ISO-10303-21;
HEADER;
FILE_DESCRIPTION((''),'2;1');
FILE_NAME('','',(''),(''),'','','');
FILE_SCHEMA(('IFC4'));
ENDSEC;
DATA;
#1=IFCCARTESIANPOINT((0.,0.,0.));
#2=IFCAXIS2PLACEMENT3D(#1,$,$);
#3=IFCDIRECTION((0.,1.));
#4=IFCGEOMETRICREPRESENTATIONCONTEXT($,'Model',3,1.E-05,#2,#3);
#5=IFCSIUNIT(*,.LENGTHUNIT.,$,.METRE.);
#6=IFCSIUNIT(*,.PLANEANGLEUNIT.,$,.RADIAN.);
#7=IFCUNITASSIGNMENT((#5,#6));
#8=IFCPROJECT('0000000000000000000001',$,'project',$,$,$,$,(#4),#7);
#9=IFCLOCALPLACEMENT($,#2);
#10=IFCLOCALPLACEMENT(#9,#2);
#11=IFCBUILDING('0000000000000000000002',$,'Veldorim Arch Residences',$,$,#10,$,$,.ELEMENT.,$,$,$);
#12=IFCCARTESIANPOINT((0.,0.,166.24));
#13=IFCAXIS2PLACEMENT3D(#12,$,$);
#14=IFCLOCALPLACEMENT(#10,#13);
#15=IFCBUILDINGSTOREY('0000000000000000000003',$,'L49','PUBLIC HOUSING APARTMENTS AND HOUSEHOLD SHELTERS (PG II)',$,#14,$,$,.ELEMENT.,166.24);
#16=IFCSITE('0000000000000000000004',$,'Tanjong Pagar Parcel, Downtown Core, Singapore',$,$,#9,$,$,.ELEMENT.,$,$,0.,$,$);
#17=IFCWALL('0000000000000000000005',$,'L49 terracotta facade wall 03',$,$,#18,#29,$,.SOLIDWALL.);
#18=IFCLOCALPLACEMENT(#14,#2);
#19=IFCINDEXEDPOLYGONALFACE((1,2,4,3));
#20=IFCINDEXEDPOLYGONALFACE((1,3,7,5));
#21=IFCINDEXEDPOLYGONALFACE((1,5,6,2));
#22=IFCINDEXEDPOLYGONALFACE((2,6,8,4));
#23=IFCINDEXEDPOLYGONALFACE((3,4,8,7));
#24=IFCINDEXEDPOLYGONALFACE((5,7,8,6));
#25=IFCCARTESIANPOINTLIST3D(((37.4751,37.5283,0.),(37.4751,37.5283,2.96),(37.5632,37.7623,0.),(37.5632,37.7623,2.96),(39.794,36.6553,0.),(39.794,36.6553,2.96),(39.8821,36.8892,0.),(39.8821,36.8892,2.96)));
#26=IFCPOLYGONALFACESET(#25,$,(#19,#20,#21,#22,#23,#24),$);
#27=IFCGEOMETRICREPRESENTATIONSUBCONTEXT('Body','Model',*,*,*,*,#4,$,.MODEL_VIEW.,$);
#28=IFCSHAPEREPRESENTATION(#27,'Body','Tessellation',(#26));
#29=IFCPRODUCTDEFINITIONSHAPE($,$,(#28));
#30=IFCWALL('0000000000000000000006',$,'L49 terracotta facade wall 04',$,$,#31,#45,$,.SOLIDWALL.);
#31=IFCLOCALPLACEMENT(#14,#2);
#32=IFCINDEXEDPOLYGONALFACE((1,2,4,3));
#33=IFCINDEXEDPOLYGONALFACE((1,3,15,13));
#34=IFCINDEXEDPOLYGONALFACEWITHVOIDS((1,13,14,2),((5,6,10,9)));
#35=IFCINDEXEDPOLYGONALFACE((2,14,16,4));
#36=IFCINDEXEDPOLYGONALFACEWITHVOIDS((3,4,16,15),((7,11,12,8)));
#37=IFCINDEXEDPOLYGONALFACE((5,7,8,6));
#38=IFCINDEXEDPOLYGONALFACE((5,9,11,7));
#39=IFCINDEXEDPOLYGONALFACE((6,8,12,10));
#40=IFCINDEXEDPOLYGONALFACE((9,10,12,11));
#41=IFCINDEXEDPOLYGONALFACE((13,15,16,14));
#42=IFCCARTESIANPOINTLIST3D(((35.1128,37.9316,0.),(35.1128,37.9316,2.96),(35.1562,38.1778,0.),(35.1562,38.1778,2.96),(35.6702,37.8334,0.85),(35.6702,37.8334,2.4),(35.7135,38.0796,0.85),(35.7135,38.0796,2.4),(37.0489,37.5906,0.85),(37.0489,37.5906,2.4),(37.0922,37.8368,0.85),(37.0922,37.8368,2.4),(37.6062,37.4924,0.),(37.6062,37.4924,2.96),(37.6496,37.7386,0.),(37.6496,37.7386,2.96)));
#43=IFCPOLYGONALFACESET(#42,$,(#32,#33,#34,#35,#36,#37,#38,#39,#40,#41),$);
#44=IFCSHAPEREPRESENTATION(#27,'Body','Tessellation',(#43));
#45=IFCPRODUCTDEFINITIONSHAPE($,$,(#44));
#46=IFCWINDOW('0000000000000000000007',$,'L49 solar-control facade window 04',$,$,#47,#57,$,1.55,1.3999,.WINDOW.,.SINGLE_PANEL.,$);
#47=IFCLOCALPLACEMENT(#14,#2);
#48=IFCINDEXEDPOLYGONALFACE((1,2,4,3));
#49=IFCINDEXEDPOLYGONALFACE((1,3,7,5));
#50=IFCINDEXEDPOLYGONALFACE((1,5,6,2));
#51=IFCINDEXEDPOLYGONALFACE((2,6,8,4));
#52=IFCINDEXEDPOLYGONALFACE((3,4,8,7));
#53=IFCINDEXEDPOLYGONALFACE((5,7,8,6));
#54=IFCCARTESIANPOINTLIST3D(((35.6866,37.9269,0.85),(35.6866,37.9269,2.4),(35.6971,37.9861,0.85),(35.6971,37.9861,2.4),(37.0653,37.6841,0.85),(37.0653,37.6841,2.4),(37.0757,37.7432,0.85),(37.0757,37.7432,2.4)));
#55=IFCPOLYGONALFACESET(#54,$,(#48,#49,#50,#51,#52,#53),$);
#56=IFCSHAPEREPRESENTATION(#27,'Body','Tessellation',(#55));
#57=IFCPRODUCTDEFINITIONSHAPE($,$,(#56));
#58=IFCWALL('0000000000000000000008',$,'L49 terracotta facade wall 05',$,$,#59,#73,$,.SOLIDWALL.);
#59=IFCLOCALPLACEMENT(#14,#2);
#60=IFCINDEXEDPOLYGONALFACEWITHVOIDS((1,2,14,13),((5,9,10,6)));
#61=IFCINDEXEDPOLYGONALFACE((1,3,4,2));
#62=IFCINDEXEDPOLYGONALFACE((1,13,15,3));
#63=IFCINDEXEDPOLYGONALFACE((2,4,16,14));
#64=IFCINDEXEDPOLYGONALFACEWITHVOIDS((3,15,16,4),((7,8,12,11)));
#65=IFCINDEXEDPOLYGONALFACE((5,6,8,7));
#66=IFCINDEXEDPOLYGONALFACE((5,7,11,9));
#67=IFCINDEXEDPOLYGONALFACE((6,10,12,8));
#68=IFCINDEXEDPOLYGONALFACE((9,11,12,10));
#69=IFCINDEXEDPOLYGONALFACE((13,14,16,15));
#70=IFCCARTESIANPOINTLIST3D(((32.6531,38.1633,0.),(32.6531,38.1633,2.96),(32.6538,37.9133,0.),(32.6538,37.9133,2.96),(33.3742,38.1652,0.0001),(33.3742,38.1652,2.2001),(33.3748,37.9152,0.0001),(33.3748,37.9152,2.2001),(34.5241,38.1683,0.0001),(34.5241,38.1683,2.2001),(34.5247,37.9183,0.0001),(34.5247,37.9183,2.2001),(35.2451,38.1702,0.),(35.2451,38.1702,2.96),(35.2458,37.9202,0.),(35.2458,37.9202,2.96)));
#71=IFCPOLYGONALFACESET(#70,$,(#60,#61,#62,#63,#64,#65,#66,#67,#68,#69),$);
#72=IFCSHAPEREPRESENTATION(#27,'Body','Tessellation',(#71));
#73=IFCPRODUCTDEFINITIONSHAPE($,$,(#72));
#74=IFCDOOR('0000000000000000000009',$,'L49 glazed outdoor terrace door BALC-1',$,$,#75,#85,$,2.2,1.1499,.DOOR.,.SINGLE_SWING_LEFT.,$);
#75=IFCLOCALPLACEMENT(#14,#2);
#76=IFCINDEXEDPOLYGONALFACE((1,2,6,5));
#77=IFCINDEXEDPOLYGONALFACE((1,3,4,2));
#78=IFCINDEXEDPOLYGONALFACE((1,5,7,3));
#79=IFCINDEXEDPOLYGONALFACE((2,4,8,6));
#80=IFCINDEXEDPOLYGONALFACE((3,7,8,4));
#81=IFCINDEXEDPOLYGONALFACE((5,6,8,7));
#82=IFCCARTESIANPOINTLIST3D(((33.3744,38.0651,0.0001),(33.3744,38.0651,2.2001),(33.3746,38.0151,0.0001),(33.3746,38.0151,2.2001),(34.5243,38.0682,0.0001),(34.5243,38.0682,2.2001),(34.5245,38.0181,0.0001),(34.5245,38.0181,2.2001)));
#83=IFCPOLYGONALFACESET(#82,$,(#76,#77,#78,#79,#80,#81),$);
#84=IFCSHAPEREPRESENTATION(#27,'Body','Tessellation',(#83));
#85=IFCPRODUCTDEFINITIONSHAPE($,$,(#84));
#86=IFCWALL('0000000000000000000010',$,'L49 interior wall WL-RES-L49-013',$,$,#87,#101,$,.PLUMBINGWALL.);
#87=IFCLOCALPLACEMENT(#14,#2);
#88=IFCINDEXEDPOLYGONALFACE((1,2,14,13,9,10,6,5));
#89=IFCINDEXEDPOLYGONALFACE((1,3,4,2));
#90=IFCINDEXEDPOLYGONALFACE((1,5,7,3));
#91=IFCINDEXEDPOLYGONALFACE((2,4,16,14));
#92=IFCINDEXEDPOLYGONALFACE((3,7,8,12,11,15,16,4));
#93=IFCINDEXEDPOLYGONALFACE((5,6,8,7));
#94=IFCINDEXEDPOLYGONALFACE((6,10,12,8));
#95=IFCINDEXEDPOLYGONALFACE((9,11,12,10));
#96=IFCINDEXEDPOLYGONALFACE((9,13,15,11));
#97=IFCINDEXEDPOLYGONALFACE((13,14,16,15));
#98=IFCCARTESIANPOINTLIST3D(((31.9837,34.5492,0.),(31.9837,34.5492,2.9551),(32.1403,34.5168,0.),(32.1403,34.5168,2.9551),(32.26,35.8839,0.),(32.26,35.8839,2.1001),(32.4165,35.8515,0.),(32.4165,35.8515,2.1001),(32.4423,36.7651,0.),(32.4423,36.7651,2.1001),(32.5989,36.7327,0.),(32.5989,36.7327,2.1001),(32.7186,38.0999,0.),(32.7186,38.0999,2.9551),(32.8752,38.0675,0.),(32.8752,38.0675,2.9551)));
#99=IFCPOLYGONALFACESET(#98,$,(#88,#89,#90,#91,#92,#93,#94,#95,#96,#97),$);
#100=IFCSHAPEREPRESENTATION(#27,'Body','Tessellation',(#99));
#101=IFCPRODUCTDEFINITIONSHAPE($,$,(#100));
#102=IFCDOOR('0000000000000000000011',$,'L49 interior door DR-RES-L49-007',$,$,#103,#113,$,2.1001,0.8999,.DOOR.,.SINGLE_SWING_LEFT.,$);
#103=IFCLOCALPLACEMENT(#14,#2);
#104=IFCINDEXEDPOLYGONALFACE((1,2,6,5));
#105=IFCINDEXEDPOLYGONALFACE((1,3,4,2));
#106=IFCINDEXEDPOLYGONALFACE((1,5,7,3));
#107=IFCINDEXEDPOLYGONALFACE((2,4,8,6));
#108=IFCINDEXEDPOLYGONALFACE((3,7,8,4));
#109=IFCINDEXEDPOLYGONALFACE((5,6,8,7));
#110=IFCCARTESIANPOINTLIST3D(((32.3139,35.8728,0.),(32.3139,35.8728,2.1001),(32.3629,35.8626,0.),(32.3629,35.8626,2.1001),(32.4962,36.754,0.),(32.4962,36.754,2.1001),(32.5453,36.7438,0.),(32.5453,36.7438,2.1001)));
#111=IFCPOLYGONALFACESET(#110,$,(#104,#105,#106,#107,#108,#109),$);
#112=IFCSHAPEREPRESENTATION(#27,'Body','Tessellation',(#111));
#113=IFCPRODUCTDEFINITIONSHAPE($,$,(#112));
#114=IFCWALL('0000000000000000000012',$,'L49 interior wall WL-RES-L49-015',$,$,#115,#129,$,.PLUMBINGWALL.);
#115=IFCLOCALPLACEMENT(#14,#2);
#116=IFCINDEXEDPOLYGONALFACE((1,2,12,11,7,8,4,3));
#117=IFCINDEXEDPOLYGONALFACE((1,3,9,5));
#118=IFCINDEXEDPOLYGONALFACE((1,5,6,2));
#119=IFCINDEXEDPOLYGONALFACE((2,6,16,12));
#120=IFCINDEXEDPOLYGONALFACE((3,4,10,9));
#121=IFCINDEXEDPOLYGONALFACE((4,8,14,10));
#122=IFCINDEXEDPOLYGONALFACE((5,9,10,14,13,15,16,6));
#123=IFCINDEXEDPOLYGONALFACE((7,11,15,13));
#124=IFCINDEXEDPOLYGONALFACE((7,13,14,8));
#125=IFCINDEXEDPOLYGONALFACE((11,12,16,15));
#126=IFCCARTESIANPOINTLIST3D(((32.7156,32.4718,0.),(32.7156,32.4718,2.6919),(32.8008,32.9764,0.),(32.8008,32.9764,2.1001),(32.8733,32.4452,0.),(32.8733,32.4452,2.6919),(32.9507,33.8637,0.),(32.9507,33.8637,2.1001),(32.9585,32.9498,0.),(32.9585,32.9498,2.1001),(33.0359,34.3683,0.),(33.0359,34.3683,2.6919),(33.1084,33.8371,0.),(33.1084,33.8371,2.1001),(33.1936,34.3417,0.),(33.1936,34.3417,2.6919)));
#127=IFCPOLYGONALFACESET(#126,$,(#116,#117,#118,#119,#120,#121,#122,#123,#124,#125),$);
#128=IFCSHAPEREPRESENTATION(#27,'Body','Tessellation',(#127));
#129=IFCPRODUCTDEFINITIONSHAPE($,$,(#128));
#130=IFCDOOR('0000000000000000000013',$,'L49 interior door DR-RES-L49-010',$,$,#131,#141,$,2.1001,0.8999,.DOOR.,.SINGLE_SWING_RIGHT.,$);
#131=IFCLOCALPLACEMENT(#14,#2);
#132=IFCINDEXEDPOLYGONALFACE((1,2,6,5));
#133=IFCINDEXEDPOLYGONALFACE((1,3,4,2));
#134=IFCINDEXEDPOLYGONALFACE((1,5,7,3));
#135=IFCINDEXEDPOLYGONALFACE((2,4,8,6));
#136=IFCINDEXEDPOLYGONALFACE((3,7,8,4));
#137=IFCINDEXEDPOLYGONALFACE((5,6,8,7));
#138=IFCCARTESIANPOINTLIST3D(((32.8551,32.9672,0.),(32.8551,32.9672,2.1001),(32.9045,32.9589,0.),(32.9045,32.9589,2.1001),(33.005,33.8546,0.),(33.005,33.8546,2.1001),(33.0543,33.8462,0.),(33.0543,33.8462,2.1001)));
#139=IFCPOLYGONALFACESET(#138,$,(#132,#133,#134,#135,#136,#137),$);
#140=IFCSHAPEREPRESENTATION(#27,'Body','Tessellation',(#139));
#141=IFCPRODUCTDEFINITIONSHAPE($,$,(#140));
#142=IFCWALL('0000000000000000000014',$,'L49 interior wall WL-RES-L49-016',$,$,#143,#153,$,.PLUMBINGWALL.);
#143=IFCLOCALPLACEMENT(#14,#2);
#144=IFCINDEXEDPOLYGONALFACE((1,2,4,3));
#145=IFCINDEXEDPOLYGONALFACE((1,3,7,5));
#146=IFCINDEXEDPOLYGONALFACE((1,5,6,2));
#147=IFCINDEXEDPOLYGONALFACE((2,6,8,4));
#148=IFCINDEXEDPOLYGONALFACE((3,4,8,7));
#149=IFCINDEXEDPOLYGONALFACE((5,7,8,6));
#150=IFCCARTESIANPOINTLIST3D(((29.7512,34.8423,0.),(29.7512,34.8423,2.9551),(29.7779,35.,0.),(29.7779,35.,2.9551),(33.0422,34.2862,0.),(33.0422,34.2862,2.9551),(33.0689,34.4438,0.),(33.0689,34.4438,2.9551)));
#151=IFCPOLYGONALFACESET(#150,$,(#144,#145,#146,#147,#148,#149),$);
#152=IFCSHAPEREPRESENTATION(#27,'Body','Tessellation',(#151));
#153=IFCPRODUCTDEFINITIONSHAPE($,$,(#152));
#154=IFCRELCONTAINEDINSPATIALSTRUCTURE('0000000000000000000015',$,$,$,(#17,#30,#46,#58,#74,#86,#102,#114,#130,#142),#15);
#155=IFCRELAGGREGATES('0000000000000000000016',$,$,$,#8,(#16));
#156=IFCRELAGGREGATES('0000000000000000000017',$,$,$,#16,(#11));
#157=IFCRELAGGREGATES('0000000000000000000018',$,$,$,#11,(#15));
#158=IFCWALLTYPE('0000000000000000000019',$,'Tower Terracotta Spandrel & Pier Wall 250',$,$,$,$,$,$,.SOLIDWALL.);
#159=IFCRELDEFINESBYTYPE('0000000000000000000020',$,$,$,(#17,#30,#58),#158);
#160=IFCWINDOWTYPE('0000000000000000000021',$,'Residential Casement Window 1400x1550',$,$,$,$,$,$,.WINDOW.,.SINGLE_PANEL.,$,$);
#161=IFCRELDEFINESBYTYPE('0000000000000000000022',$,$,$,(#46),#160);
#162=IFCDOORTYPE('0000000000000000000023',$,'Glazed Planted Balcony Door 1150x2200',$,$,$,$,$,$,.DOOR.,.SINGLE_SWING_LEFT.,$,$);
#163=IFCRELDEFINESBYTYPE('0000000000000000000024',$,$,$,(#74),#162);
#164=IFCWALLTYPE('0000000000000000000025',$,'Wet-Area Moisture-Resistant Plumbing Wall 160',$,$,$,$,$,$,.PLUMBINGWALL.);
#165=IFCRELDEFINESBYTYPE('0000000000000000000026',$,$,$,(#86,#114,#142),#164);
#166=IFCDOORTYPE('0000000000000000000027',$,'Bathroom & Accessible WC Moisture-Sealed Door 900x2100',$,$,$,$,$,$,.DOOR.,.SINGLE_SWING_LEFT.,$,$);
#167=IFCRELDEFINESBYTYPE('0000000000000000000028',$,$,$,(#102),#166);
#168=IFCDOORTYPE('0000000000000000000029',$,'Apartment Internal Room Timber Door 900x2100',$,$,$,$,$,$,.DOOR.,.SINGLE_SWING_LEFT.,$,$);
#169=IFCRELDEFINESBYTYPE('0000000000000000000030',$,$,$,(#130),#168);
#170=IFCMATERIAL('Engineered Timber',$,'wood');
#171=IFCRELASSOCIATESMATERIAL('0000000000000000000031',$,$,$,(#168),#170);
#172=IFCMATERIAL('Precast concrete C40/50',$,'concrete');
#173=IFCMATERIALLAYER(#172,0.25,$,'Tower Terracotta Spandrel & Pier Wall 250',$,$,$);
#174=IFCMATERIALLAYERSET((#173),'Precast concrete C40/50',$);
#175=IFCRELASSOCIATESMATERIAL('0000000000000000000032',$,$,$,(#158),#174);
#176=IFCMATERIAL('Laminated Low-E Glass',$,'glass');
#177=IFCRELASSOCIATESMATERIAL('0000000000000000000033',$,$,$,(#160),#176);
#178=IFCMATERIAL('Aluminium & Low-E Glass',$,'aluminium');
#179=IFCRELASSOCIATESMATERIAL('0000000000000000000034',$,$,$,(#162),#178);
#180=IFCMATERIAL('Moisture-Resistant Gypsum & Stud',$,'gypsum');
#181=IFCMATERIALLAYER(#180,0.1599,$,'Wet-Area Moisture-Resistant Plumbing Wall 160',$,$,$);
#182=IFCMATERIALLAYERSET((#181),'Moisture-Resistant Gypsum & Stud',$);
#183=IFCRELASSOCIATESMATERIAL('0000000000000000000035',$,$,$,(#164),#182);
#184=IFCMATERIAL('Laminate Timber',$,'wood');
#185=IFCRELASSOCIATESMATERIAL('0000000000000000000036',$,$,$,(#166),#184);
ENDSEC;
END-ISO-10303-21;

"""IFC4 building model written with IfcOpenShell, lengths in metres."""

from ifc_helpers import new_model, si_unit, direction, frame, frame_2d, origin, place, context, subcontext, project, spatial, rectangle, extrude, material, layer, layer_set, type_object, element, fill, save


model = new_model("IFC4")

# Units and contexts
model_context = context("Model", 3, precision=1e-05, world=origin(), true_north=direction((0.0, 1.0)))
body_context = subcontext(model_context, "Body", "Model", "MODEL_VIEW")
ifc_project = project(units=[si_unit("LENGTHUNIT", "METRE"), si_unit("PLANEANGLEUNIT", "RADIAN")], contexts=[model_context])

# Site, building, storey
site_placement = place(None, origin())
site = spatial("IfcSite", under=ifc_project, at=site_placement, Name="Tanjong Pagar Parcel, Downtown Core, Singapore", CompositionType="ELEMENT", RefElevation=0.0)
building_placement = place(site_placement, origin())
building = spatial("IfcBuilding", under=site, at=building_placement, Name="Veldorim Arch Residences", CompositionType="ELEMENT")
storey_placement = place(building_placement, frame((0.0, 0.0, 166.24)))
storey = spatial("IfcBuildingStorey", under=building, at=storey_placement, Name="L49", Description="PUBLIC HOUSING APARTMENTS AND HOUSEHOLD SHELTERS (PG II)", CompositionType="ELEMENT", Elevation=166.24)

# Shared definitions
ifc_material_1 = material(Name="Engineered Timber", Category="wood")
door_type_1 = type_object("IfcDoorType", Name="Apartment Internal Room Timber Door 900x2100", OperationType="SINGLE_SWING_LEFT", PredefinedType="DOOR", material=ifc_material_1)

# Wall
ifc_material_2 = material(Name="Precast concrete C40/50", Category="concrete")
ifc_layer_1 = layer(ifc_material_2, 0.25, Name="Tower Terracotta Spandrel & Pier Wall 250")
ifc_layer_set_1 = layer_set([ifc_layer_1], Name="Precast concrete C40/50")
wall_type_1 = type_object("IfcWallType", Name="Tower Terracotta Spandrel & Pier Wall 250", PredefinedType="SOLIDWALL", material=ifc_layer_set_1)
wall_1_placement = place(storey_placement, frame((37.5193, 37.6453, 0.0), z_axis=(0.0, 0.0, 1.0), x_axis=(0.935867, -0.352354, 0.0)))
element("IfcWall", 1, at=wall_1_placement, inside=storey, type_object=wall_type_1, Name="L49 terracotta facade wall 03", PredefinedType="SOLIDWALL", context=body_context, shape_type="SweptSolid", body=[
    extrude(rectangle(XDim=2.4778, YDim=0.25, at=frame_2d((1.2388, 0.0))), origin(), (0.0, 0.0, 1.0), 2.96),
])

# Wall, opening, window
wall_2_placement = place(storey_placement, frame((35.1345, 38.0547, 0.0), z_axis=(0.0, 0.0, 1.0), x_axis=(0.984838, -0.173477, 0.0)))
wall_2 = element("IfcWall", 2, at=wall_2_placement, inside=storey, type_object=wall_type_1, Name="L49 terracotta facade wall 04", PredefinedType="SOLIDWALL", context=body_context, shape_type="SweptSolid", body=[
    extrude(rectangle(XDim=2.5317, YDim=0.25, at=frame_2d((1.2659, 0.0))), origin(), (0.0, 0.0, 1.0), 2.96),
])
opening_1_placement = place(wall_2_placement, frame((0.5659, 0.0, 0.8501)))
opening_1 = element("IfcOpeningElement", 3, at=opening_1_placement, cuts=wall_2, PredefinedType="OPENING", context=body_context, shape_type="SweptSolid", body=[
    extrude(rectangle(XDim=1.3999, YDim=1.55, at=frame_2d((0.7, 0.7749))), frame((0.0, 0.135, 0.0), z_axis=(0.0, -1.0, 0.0), x_axis=(1.0, 0.0, 0.0)), (0.0, 0.0, 1.0), 0.27),
])
ifc_material_3 = material(Name="Laminated Low-E Glass", Category="glass")
window_type = type_object("IfcWindowType", Name="Residential Casement Window 1400x1550", PartitioningType="SINGLE_PANEL", PredefinedType="WINDOW", material=ifc_material_3)
window_placement = place(opening_1_placement, origin())
window = element("IfcWindow", 4, at=window_placement, inside=storey, type_object=window_type, Name="L49 solar-control facade window 04", OverallHeight=1.55, OverallWidth=1.3999, PartitioningType="SINGLE_PANEL", PredefinedType="WINDOW", context=body_context, shape_type="SweptSolid", body=[
    extrude(rectangle(XDim=1.3999, YDim=1.55, at=frame_2d((0.7, 0.7749))), frame((0.0, 0.03, 0.0), z_axis=(0.0, -1.0, 0.0), x_axis=(1.0, 0.0, 0.0)), (0.0, 0.0, 1.0), 0.0601),
])
fill(opening_1, window)

# Walls, openings, doors
wall_3_placement = place(storey_placement, frame((32.6536, 38.0383, 0.0), z_axis=(0.0, 0.0, 1.0), x_axis=(0.999997, 0.002637, 0.0)))
wall_3 = element("IfcWall", 5, at=wall_3_placement, inside=storey, type_object=wall_type_1, Name="L49 terracotta facade wall 05", PredefinedType="SOLIDWALL", context=body_context, shape_type="SweptSolid", body=[
    extrude(rectangle(XDim=2.592, YDim=0.25, at=frame_2d((1.2959, 0.0))), origin(), (0.0, 0.0, 1.0), 2.96),
])
opening_2_placement = place(wall_3_placement, frame((0.7209, 0.0, 0.0)))
opening_2 = element("IfcOpeningElement", 6, at=opening_2_placement, cuts=wall_3, PredefinedType="OPENING", context=body_context, shape_type="SweptSolid", body=[
    extrude(rectangle(XDim=1.1499, YDim=2.2, at=frame_2d((0.575, 1.1001))), frame((0.0, 0.135, 0.0), z_axis=(0.0, -1.0, 0.0), x_axis=(1.0, 0.0, 0.0)), (0.0, 0.0, 1.0), 0.27),
])
ifc_material_4 = material(Name="Aluminium & Low-E Glass", Category="aluminium")
door_type_2 = type_object("IfcDoorType", Name="Glazed Planted Balcony Door 1150x2200", OperationType="SINGLE_SWING_LEFT", PredefinedType="DOOR", material=ifc_material_4)
door_1_placement = place(opening_2_placement, origin())
door_1 = element("IfcDoor", 7, at=door_1_placement, inside=storey, type_object=door_type_2, Name="L49 glazed outdoor terrace door BALC-1", OperationType="SINGLE_SWING_LEFT", OverallHeight=2.2, OverallWidth=1.1499, PredefinedType="DOOR", context=body_context, shape_type="SweptSolid", body=[
    extrude(rectangle(XDim=1.1499, YDim=2.2, at=frame_2d((0.575, 1.1001))), frame((0.0, 0.0249, 0.0), z_axis=(0.0, -1.0, 0.0), x_axis=(1.0, 0.0, 0.0)), (0.0, 0.0, 1.0), 0.05),
])
fill(opening_2, door_1)
ifc_material_5 = material(Name="Moisture-Resistant Gypsum & Stud", Category="gypsum")
ifc_layer_2 = layer(ifc_material_5, 0.1599, Name="Wet-Area Moisture-Resistant Plumbing Wall 160")
ifc_layer_set_2 = layer_set([ifc_layer_2], Name="Moisture-Resistant Gypsum & Stud")
wall_type_2 = type_object("IfcWallType", Name="Wet-Area Moisture-Resistant Plumbing Wall 160", PredefinedType="PLUMBINGWALL", material=ifc_layer_set_2)
wall_4_placement = place(storey_placement, frame((32.062, 34.533, 0.0), z_axis=(0.0, 0.0, 1.0), x_axis=(0.202663, 0.979248, 0.0)))
wall_4 = element("IfcWall", 8, at=wall_4_placement, inside=storey, type_object=wall_type_2, Name="L49 interior wall WL-RES-L49-013", PredefinedType="PLUMBINGWALL", context=body_context, shape_type="SweptSolid", body=[
    extrude(rectangle(XDim=3.626, YDim=0.1599, at=frame_2d((1.813, 0.0))), origin(), (0.0, 0.0, 1.0), 2.9551),
])
opening_3_placement = place(wall_4_placement, frame((1.363, 0.0, 0.0)))
opening_3 = element("IfcOpeningElement", 9, at=opening_3_placement, cuts=wall_4, PredefinedType="OPENING", context=body_context, shape_type="SweptSolid", body=[
    extrude(rectangle(XDim=0.8999, YDim=2.1001, at=frame_2d((0.45, 1.05))), frame((0.0, 0.0898, 0.0), z_axis=(0.0, -1.0, 0.0), x_axis=(1.0, 0.0, 0.0)), (0.0, 0.0, 1.0), 0.1799),
])
ifc_material_6 = material(Name="Laminate Timber", Category="wood")
door_type_3 = type_object("IfcDoorType", Name="Bathroom & Accessible WC Moisture-Sealed Door 900x2100", OperationType="SINGLE_SWING_LEFT", PredefinedType="DOOR", material=ifc_material_6)
door_2_placement = place(opening_3_placement, origin())
door_2 = element("IfcDoor", 10, at=door_2_placement, inside=storey, type_object=door_type_3, Name="L49 interior door DR-RES-L49-007", OperationType="SINGLE_SWING_LEFT", OverallHeight=2.1001, OverallWidth=0.8999, PredefinedType="DOOR", context=body_context, shape_type="SweptSolid", body=[
    extrude(rectangle(XDim=0.8999, YDim=2.1001, at=frame_2d((0.45, 1.05))), frame((0.0, 0.0249, 0.0), z_axis=(0.0, -1.0, 0.0), x_axis=(1.0, 0.0, 0.0)), (0.0, 0.0, 1.0), 0.05),
])
fill(opening_3, door_2)
wall_5_placement = place(storey_placement, frame((32.7944, 32.4585, 0.0), z_axis=(0.0, 0.0, 1.0), x_axis=(0.166539, 0.986035, 0.0)))
wall_5 = element("IfcWall", 11, at=wall_5_placement, inside=storey, type_object=wall_type_2, Name="L49 interior wall WL-RES-L49-015", PredefinedType="PLUMBINGWALL", context=body_context, shape_type="SweptSolid", body=[
    extrude(rectangle(XDim=1.9233, YDim=0.1599, at=frame_2d((0.9617, 0.0))), origin(), (0.0, 0.0, 1.0), 2.6919),
])
opening_4_placement = place(wall_5_placement, frame((0.5117, 0.0, 0.0)))
opening_4 = element("IfcOpeningElement", 12, at=opening_4_placement, cuts=wall_5, PredefinedType="OPENING", context=body_context, shape_type="SweptSolid", body=[
    extrude(rectangle(XDim=0.8999, YDim=2.1001, at=frame_2d((0.45, 1.05))), frame((0.0, 0.0898, 0.0), z_axis=(0.0, -1.0, 0.0), x_axis=(1.0, 0.0, 0.0)), (0.0, 0.0, 1.0), 0.1799),
])
door_3_placement = place(opening_4_placement, origin())
door_3 = element("IfcDoor", 13, at=door_3_placement, inside=storey, type_object=door_type_1, Name="L49 interior door DR-RES-L49-010", OperationType="SINGLE_SWING_RIGHT", OverallHeight=2.1001, OverallWidth=0.8999, PredefinedType="DOOR", context=body_context, shape_type="SweptSolid", body=[
    extrude(rectangle(XDim=0.8999, YDim=2.1001, at=frame_2d((0.45, 1.05))), frame((0.0, 0.0249, 0.0), z_axis=(0.0, -1.0, 0.0), x_axis=(1.0, 0.0, 0.0)), (0.0, 0.0, 1.0), 0.05),
])
fill(opening_4, door_3)

# Wall
wall_6_placement = place(storey_placement, frame((33.0557, 34.365, 0.0), z_axis=(0.0, 0.0, 1.0), x_axis=(-0.98602, 0.166629, 0.0)))
element("IfcWall", 14, at=wall_6_placement, inside=storey, type_object=wall_type_2, Name="L49 interior wall WL-RES-L49-016", PredefinedType="PLUMBINGWALL", context=body_context, shape_type="SweptSolid", body=[
    extrude(rectangle(XDim=3.3376, YDim=0.1599, at=frame_2d((1.6689, 0.0))), origin(), (0.0, 0.0, 1.0), 2.9551),
])

save(model, "model.ifc")
